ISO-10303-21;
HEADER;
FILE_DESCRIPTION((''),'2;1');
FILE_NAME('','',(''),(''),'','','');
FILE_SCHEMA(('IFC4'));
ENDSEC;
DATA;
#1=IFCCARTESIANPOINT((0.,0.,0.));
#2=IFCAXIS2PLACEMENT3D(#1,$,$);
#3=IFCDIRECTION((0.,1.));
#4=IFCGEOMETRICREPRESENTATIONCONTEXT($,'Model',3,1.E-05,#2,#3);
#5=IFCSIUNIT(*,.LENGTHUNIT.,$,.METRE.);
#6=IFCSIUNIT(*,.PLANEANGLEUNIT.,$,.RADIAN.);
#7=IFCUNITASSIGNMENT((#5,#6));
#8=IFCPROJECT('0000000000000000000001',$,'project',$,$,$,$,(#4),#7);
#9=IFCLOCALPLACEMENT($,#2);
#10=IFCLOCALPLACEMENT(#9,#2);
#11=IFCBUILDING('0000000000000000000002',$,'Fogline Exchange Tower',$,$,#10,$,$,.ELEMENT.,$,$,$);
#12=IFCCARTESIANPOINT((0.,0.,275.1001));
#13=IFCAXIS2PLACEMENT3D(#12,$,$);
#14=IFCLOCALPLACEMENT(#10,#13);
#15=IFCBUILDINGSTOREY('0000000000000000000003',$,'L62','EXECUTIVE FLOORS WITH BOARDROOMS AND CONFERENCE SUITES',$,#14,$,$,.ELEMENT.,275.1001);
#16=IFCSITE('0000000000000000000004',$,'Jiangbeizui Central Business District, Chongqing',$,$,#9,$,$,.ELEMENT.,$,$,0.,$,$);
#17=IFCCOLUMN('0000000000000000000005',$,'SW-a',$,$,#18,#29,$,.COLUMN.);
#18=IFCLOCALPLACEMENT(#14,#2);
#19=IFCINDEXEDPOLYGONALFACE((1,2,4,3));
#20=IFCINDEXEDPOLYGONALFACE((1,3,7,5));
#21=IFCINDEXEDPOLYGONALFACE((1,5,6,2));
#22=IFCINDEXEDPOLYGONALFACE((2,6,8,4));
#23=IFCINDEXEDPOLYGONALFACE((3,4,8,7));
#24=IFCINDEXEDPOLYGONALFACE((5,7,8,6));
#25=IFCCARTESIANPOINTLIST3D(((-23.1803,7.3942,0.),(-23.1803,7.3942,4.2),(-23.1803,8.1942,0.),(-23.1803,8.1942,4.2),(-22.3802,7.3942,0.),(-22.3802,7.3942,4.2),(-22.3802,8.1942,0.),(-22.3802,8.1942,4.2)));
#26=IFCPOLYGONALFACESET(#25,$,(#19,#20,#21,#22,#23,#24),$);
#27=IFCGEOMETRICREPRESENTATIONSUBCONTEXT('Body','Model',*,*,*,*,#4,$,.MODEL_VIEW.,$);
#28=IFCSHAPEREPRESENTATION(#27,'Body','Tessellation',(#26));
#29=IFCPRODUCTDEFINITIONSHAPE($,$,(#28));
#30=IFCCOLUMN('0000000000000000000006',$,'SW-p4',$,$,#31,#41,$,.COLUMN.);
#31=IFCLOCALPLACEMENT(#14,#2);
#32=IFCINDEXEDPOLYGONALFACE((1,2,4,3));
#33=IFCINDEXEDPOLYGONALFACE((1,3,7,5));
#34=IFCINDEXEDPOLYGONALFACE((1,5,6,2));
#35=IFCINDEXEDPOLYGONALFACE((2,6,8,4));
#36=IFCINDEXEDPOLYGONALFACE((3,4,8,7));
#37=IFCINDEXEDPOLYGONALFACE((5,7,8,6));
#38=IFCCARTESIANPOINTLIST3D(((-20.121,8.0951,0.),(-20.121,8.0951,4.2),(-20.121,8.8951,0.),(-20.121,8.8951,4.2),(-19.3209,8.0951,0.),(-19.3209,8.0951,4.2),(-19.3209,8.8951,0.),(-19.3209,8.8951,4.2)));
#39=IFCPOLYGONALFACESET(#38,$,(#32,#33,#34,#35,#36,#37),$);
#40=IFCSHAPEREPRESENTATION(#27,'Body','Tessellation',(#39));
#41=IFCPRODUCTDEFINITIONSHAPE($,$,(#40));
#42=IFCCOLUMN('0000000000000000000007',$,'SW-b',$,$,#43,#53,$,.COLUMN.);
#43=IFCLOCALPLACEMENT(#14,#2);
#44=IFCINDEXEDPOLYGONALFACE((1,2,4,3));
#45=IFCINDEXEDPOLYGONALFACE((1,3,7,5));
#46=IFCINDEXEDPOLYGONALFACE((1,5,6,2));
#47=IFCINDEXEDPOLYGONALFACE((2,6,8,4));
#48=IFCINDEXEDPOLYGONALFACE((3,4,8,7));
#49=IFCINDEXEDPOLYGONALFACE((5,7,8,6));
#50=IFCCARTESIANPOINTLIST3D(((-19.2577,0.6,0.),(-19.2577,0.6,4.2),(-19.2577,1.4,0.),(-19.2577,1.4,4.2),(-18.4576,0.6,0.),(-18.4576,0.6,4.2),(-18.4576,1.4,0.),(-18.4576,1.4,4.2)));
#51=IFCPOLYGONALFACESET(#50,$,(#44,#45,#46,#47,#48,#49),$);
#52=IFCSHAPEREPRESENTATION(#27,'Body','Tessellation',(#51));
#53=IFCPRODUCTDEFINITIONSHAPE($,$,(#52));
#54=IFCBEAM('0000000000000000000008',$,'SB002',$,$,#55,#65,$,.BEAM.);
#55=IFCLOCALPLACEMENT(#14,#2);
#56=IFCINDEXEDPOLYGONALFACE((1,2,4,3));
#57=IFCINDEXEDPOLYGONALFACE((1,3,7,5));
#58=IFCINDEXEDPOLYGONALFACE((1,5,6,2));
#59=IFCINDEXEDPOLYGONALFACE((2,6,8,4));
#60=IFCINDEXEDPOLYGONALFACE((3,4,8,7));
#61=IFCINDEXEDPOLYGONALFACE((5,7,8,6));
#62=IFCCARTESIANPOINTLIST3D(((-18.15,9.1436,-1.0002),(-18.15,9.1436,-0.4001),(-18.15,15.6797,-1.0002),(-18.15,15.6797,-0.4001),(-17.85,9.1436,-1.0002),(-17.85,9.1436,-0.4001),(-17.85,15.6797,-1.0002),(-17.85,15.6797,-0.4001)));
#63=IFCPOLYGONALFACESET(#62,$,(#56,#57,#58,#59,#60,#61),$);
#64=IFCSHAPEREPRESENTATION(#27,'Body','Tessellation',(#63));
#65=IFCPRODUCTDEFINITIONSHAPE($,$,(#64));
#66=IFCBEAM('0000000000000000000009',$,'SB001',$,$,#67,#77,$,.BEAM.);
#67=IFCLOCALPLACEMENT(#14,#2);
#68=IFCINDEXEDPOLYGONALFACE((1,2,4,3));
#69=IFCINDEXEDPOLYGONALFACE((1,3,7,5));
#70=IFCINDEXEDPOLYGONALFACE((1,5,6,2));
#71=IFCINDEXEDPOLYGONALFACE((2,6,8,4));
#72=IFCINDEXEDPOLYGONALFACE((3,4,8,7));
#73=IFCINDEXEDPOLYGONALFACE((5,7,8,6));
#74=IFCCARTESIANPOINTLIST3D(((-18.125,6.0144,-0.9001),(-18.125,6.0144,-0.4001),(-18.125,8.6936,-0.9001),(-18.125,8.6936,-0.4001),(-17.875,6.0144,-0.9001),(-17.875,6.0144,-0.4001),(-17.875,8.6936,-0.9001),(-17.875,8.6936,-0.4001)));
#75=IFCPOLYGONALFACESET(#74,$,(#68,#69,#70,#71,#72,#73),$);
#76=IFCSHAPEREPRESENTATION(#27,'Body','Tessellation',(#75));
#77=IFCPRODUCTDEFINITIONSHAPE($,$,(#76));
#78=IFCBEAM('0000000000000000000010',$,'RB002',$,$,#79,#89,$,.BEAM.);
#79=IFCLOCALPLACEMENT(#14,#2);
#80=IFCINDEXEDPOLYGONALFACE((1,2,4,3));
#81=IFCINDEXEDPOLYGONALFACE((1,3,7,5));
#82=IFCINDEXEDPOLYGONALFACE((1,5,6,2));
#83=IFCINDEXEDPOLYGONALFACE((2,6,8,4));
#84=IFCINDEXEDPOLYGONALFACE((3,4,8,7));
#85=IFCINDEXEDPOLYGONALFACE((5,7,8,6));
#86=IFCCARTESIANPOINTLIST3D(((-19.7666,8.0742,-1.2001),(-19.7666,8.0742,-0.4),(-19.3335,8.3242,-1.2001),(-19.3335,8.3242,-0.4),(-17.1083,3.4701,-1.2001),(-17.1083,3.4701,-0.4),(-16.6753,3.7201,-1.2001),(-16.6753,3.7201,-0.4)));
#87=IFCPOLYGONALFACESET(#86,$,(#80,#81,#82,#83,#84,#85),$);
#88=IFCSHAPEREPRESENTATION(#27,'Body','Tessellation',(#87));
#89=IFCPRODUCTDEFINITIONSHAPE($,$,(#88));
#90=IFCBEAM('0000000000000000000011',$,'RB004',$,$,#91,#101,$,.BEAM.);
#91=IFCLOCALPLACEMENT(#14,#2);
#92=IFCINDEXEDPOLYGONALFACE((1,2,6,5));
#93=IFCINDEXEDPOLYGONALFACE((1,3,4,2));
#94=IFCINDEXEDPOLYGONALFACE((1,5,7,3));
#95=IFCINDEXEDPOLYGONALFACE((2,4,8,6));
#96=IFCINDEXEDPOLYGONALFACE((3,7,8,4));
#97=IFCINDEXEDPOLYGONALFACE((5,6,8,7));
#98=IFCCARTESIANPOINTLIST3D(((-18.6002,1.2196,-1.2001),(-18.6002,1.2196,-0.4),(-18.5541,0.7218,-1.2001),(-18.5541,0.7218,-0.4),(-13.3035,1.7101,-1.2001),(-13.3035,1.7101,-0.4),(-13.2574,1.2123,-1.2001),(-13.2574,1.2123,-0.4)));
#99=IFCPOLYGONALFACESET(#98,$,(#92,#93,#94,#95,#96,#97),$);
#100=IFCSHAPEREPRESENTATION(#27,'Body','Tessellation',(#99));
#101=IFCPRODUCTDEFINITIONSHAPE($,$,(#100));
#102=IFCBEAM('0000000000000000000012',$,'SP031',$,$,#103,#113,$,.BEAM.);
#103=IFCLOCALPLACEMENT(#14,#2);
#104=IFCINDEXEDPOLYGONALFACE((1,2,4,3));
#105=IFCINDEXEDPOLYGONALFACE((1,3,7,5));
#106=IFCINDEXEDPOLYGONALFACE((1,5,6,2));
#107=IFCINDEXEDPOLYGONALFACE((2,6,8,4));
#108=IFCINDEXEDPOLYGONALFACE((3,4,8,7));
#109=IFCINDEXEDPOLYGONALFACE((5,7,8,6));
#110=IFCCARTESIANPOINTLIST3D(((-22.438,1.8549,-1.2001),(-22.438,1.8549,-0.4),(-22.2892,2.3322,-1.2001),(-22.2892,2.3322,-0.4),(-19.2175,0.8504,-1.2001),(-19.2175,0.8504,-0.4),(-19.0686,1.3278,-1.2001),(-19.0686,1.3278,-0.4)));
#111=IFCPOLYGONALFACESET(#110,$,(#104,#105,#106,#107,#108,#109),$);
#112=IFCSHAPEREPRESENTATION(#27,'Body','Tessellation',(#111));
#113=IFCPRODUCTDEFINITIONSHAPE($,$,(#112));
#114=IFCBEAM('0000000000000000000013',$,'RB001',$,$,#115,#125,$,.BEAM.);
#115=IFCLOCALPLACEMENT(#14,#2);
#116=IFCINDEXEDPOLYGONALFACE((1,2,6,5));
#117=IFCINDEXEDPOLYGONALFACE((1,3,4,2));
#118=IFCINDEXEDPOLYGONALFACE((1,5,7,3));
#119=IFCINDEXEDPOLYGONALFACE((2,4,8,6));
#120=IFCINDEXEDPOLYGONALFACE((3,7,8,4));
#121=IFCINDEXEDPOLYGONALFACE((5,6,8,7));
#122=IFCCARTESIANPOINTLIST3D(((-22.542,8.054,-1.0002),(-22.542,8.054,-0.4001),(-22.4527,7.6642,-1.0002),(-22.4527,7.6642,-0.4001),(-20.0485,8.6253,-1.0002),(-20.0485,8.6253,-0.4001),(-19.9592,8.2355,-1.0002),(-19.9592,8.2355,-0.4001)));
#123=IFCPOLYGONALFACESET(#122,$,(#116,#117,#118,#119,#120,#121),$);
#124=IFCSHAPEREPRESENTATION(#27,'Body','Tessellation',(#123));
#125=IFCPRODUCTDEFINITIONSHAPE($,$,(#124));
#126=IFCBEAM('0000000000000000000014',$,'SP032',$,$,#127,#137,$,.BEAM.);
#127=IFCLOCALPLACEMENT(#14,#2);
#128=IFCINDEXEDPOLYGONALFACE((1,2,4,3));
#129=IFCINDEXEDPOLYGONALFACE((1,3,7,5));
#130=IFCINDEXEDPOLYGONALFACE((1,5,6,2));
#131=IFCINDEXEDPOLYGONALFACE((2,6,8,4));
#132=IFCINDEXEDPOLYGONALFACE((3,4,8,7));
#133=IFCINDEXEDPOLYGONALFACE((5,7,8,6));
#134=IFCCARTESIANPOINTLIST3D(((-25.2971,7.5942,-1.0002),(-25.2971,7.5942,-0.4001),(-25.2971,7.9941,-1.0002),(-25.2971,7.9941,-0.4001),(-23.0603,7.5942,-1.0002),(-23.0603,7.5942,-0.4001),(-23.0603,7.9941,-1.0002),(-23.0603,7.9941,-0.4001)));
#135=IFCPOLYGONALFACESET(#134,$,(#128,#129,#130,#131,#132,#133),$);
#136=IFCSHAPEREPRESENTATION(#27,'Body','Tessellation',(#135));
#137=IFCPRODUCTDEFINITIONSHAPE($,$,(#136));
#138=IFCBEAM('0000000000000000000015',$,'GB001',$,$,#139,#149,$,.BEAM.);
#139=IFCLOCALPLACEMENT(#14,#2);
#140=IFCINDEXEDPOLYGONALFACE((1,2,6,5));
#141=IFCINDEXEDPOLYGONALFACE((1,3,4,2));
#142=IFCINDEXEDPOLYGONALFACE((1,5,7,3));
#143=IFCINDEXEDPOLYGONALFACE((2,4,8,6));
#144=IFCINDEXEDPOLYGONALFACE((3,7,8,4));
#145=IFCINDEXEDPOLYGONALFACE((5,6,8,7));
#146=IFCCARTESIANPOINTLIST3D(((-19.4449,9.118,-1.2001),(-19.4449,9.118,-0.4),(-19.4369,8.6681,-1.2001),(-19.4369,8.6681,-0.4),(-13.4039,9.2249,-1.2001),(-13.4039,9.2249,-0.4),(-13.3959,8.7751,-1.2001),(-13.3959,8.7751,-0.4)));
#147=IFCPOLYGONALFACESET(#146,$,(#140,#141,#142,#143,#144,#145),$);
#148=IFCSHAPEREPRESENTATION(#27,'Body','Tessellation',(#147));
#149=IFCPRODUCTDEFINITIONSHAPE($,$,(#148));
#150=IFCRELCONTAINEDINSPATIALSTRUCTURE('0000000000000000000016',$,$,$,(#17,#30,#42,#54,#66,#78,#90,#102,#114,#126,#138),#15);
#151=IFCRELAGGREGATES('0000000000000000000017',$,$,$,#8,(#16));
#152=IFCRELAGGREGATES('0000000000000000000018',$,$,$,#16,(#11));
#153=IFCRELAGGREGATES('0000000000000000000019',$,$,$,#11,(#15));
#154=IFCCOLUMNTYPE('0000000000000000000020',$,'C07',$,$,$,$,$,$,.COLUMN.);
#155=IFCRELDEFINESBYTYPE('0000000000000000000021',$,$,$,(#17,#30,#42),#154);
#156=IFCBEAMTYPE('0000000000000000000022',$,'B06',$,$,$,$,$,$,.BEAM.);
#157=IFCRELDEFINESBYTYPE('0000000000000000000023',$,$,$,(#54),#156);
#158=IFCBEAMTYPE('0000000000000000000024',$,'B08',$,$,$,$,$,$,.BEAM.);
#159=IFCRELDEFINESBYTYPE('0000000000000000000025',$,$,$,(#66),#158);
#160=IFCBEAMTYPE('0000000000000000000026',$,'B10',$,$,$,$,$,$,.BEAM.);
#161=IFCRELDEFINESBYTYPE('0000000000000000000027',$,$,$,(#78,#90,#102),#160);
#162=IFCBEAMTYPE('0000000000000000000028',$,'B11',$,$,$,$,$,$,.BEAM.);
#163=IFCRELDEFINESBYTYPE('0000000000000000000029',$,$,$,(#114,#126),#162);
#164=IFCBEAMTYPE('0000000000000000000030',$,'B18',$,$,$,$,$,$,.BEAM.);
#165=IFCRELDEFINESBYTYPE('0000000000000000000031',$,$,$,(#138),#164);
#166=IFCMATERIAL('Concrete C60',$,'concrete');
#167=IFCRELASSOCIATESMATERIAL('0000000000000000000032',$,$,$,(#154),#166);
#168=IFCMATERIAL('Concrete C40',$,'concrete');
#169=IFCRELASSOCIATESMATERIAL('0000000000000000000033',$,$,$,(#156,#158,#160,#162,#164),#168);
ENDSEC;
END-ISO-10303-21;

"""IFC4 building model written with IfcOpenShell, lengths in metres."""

from ifc_helpers import new_model, si_unit, direction, frame, origin, origin_2d, place, context, subcontext, project, spatial, rectangle, extrude, material, material_profile, profile_set, type_object, element, save


model = new_model("IFC4")

# Units and contexts
model_context = context("Model", 3, precision=1e-05, world=origin(), true_north=direction((0.0, 1.0)))
body_context = subcontext(model_context, "Body", "Model", "MODEL_VIEW")
ifc_project = project(units=[si_unit("LENGTHUNIT", "METRE"), si_unit("PLANEANGLEUNIT", "RADIAN")], contexts=[model_context])

# Site, building, storey
site_placement = place(None, origin())
site = spatial("IfcSite", under=ifc_project, at=site_placement, Name="Jiangbeizui Central Business District, Chongqing", CompositionType="ELEMENT", RefElevation=0.0)
building_placement = place(site_placement, origin())
building = spatial("IfcBuilding", under=site, at=building_placement, Name="Fogline Exchange Tower", CompositionType="ELEMENT")
storey_placement = place(building_placement, frame((0.0, 0.0, 275.1001)))
storey = spatial("IfcBuildingStorey", under=building, at=storey_placement, Name="L62", Description="EXECUTIVE FLOORS WITH BOARDROOMS AND CONFERENCE SUITES", CompositionType="ELEMENT", Elevation=275.1001)

# Columns
ifc_material_1 = material(Name="Concrete C60", Category="concrete")
ifc_material_profile_1 = material_profile(ifc_material_1, rectangle(XDim=0.8, YDim=0.8, at=origin_2d()), Name="RC 800x800")
ifc_profile_set_1 = profile_set([ifc_material_profile_1], Name="Concrete C60")
column_type = type_object("IfcColumnType", Name="C07", PredefinedType="COLUMN", material=ifc_profile_set_1)
for number, where, z_axis, x_axis, name in (
    (1, (-22.7803, 7.7942, 0.0), (0.0, 0.0, 1.0), (1.0, 0.0, 0.0), "SW-a"),
    (2, (-19.7209, 8.4951, 0.0), (0.0, 0.0, 1.0), (1.0, 0.0, 0.0), "SW-p4"),
    (3, (-18.8577, 1.0, 0.0), (0.0, 0.0, 1.0), (1.0, 0.0, 0.0), "SW-b"),
):
    element("IfcColumn", number, at=place(storey_placement, frame(where, z_axis=z_axis, x_axis=x_axis)), inside=storey, type_object=column_type, Name=name, PredefinedType="COLUMN", context=body_context, shape_type="SweptSolid", body=[
        extrude(rectangle(XDim=0.8, YDim=0.8, at=origin_2d()), origin(), (0.0, 0.0, 1.0), 4.2),
    ])

# Beams
ifc_material_2 = material(Name="Concrete C40", Category="concrete")
ifc_material_profile_2 = material_profile(ifc_material_2, rectangle(XDim=0.3, YDim=0.6001, at=origin_2d()), Name="RC 300x600")
ifc_profile_set_2 = profile_set([ifc_material_profile_2], Name="Concrete C40")
beam_type_1 = type_object("IfcBeamType", Name="B06", PredefinedType="BEAM", material=ifc_profile_set_2)
beam_1_placement = place(storey_placement, frame((-18.0, 9.1436, -0.7002), z_axis=(0.0, 1.0, 0.0), x_axis=(-1.0, 0.0, 0.0)))
element("IfcBeam", 4, at=beam_1_placement, inside=storey, type_object=beam_type_1, Name="SB002", PredefinedType="BEAM", context=body_context, shape_type="SweptSolid", body=[
    extrude(rectangle(XDim=0.3, YDim=0.6001, at=origin_2d()), origin(), (0.0, 0.0, 1.0), 6.5361),
])
ifc_material_profile_3 = material_profile(ifc_material_2, rectangle(XDim=0.25, YDim=0.5, at=origin_2d()), Name="RC 250x500")
ifc_profile_set_3 = profile_set([ifc_material_profile_3], Name="Concrete C40")
beam_type_2 = type_object("IfcBeamType", Name="B08", PredefinedType="BEAM", material=ifc_profile_set_3)
beam_2_placement = place(storey_placement, frame((-18.0, 6.0144, -0.6501), z_axis=(0.0, 1.0, 0.0), x_axis=(-1.0, 0.0, 0.0)))
element("IfcBeam", 5, at=beam_2_placement, inside=storey, type_object=beam_type_2, Name="SB001", PredefinedType="BEAM", context=body_context, shape_type="SweptSolid", body=[
    extrude(rectangle(XDim=0.25, YDim=0.5, at=origin_2d()), origin(), (0.0, 0.0, 1.0), 2.6792),
])
ifc_material_profile_4 = material_profile(ifc_material_2, rectangle(XDim=0.5, YDim=0.8, at=origin_2d()), Name="RC 500x800")
ifc_profile_set_4 = profile_set([ifc_material_profile_4], Name="Concrete C40")
beam_type_3 = type_object("IfcBeamType", Name="B10", PredefinedType="BEAM", material=ifc_profile_set_4)
beam_3_placement = place(storey_placement, frame((-19.55, 8.1992, -0.8), z_axis=(0.500011, -0.866019, 0.0), x_axis=(0.866019, 0.500011, 0.0)))
element("IfcBeam", 6, at=beam_3_placement, inside=storey, type_object=beam_type_3, Name="RB002", PredefinedType="BEAM", context=body_context, shape_type="SweptSolid", body=[
    extrude(rectangle(XDim=0.5, YDim=0.8, at=origin_2d()), origin(), (0.0, 0.0, 1.0), 5.3164),
])
beam_4_placement = place(storey_placement, frame((-18.5771, 0.9707, -0.8), z_axis=(0.99574, 0.092207, 0.0), x_axis=(-0.092207, 0.99574, 0.0)))
element("IfcBeam", 7, at=beam_4_placement, inside=storey, type_object=beam_type_3, Name="RB004", PredefinedType="BEAM", context=body_context, shape_type="SweptSolid", body=[
    extrude(rectangle(XDim=0.5, YDim=0.8, at=origin_2d()), origin(), (0.0, 0.0, 1.0), 5.3193),
])
beam_5_placement = place(storey_placement, frame((-19.1431, 1.0891, -0.8), z_axis=(-0.954649, 0.297735, 0.0), x_axis=(-0.297735, -0.954649, 0.0)))
element("IfcBeam", 8, at=beam_5_placement, inside=storey, type_object=beam_type_3, Name="SP031", PredefinedType="BEAM", context=body_context, shape_type="SweptSolid", body=[
    extrude(rectangle(XDim=0.5, YDim=0.8, at=origin_2d()), origin(), (0.0, 0.0, 1.0), 3.3735),
])
ifc_material_profile_5 = material_profile(ifc_material_2, rectangle(XDim=0.3999, YDim=0.6001, at=origin_2d()), Name="RC 400x600")
ifc_profile_set_5 = profile_set([ifc_material_profile_5], Name="Concrete C40")
beam_type_4 = type_object("IfcBeamType", Name="B11", PredefinedType="BEAM", material=ifc_profile_set_5)
beam_6_placement = place(storey_placement, frame((-22.4973, 7.8591, -0.7002), z_axis=(0.974742, 0.223333, 0.0), x_axis=(-0.223333, 0.974742, 0.0)))
element("IfcBeam", 9, at=beam_6_placement, inside=storey, type_object=beam_type_4, Name="RB001", PredefinedType="BEAM", context=body_context, shape_type="SweptSolid", body=[
    extrude(rectangle(XDim=0.3999, YDim=0.6001, at=origin_2d()), origin(), (0.0, 0.0, 1.0), 2.5581),
])
beam_7_placement = place(storey_placement, frame((-23.0603, 7.7942, -0.7002), z_axis=(-1.0, 0.0, 0.0), x_axis=(0.0, -1.0, 0.0)))
element("IfcBeam", 10, at=beam_7_placement, inside=storey, type_object=beam_type_4, Name="SP032", PredefinedType="BEAM", context=body_context, shape_type="SweptSolid", body=[
    extrude(rectangle(XDim=0.3999, YDim=0.6001, at=origin_2d()), origin(), (0.0, 0.0, 1.0), 2.2368),
])
ifc_material_profile_6 = material_profile(ifc_material_2, rectangle(XDim=0.45, YDim=0.8, at=origin_2d()), Name="RC 450x800")
ifc_profile_set_6 = profile_set([ifc_material_profile_6], Name="Concrete C40")
beam_type_5 = type_object("IfcBeamType", Name="B18", PredefinedType="BEAM", material=ifc_profile_set_6)
beam_8_placement = place(storey_placement, frame((-19.4409, 8.8931, -0.8), z_axis=(0.999843, 0.017698, 0.0), x_axis=(-0.017698, 0.999843, 0.0)))
element("IfcBeam", 11, at=beam_8_placement, inside=storey, type_object=beam_type_5, Name="GB001", PredefinedType="BEAM", context=body_context, shape_type="SweptSolid", body=[
    extrude(rectangle(XDim=0.45, YDim=0.8, at=origin_2d()), origin(), (0.0, 0.0, 1.0), 6.042),
])

save(model, "model.ifc")
